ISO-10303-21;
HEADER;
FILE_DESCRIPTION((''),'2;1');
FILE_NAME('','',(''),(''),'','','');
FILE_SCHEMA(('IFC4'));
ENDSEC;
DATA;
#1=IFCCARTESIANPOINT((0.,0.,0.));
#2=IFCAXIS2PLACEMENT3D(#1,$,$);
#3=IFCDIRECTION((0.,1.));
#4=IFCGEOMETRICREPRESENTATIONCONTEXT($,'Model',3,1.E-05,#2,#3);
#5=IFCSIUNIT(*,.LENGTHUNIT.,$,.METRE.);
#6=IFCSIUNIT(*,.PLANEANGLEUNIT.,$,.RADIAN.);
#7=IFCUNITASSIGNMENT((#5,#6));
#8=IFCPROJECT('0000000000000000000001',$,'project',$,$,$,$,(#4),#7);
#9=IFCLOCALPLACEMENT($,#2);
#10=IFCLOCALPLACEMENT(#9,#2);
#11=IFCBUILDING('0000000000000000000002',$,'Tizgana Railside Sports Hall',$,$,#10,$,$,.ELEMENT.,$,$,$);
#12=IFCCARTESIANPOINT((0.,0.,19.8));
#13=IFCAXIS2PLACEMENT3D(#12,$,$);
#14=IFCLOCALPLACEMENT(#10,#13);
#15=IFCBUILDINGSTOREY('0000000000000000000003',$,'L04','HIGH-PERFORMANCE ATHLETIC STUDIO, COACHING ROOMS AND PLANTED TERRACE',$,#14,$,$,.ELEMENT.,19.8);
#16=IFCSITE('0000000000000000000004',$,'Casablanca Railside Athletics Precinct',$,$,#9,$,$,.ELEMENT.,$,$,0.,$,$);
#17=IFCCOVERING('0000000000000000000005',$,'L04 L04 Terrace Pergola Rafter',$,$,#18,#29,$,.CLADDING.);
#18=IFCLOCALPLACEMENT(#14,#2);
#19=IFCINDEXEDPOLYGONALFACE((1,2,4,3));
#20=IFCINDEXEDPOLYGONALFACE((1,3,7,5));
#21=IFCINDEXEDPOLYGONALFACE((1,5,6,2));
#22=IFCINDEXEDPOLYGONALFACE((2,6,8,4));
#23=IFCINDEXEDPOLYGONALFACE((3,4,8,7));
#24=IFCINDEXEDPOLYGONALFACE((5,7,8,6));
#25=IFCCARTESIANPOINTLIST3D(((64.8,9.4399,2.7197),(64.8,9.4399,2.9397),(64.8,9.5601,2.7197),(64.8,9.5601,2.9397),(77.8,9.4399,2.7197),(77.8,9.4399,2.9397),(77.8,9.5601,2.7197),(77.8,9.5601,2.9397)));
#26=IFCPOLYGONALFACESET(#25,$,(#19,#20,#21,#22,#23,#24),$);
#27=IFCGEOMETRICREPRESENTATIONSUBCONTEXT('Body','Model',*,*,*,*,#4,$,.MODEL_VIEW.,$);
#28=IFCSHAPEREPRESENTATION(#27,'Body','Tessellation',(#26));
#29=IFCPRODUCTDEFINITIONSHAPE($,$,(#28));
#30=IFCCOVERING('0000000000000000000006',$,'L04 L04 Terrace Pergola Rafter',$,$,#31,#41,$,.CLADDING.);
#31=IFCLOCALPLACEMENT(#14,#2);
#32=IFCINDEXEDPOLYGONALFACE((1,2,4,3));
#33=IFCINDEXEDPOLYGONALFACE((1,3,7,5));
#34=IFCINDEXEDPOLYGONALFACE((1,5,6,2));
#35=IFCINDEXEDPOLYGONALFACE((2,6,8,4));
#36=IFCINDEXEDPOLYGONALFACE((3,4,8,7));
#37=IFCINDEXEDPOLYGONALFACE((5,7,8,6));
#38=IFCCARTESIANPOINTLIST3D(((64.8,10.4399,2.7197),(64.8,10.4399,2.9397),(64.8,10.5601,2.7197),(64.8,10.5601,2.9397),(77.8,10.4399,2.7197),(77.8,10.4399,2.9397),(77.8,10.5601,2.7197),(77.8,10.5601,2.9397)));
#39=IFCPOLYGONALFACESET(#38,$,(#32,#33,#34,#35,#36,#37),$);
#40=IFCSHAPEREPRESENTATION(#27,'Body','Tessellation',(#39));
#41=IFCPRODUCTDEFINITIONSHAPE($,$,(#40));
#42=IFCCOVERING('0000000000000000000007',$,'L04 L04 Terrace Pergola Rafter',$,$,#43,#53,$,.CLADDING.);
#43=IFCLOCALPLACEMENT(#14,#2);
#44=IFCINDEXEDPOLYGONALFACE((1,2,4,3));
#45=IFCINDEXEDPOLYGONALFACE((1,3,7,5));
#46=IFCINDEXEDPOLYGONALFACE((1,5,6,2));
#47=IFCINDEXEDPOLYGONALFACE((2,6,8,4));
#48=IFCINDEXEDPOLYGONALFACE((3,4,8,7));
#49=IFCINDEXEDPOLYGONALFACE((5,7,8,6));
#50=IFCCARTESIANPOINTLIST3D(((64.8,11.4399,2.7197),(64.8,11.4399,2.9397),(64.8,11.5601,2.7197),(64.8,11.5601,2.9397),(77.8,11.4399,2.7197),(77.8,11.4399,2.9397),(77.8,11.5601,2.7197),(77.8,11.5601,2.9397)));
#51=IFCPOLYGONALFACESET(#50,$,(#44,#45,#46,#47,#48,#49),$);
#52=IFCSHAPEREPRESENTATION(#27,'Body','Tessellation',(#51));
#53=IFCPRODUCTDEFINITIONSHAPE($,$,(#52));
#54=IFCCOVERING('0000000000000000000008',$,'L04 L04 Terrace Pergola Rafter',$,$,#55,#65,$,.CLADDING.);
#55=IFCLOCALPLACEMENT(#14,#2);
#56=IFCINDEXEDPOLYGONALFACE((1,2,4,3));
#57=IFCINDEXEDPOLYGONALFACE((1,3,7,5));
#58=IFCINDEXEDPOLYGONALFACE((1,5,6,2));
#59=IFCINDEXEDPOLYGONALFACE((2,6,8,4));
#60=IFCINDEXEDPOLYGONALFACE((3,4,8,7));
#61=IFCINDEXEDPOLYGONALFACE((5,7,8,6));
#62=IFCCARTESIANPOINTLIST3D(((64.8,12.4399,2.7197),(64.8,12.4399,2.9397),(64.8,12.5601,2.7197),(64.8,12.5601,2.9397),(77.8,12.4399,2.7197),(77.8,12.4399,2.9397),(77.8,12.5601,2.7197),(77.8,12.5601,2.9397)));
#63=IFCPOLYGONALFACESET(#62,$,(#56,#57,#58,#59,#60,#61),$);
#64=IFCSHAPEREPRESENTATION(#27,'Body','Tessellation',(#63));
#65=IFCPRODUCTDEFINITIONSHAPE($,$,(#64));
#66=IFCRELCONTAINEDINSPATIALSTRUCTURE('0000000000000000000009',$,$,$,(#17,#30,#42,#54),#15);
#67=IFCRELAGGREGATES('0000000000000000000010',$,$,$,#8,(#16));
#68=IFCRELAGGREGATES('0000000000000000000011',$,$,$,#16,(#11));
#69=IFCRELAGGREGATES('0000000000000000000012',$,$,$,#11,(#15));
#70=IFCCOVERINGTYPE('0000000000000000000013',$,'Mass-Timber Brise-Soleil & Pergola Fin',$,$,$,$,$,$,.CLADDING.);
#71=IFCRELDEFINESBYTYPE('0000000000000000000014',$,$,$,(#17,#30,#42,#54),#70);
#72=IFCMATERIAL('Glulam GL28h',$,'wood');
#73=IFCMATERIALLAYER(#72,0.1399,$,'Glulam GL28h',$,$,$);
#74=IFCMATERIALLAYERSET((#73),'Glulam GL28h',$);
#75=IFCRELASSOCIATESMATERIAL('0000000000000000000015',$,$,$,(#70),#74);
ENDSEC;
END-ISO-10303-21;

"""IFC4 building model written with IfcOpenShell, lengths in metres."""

from ifc_helpers import new_model, si_unit, direction, frame, origin, origin_2d, place, context, subcontext, project, spatial, rectangle, extrude, material, layer, layer_set, type_object, element, save


model = new_model("IFC4")

# Units and contexts
model_context = context("Model", 3, precision=1e-05, world=origin(), true_north=direction((0.0, 1.0)))
body_context = subcontext(model_context, "Body", "Model", "MODEL_VIEW")
ifc_project = project(units=[si_unit("LENGTHUNIT", "METRE"), si_unit("PLANEANGLEUNIT", "RADIAN")], contexts=[model_context])

# Site, building, storey
site_placement = place(None, origin())
site = spatial("IfcSite", under=ifc_project, at=site_placement, Name="Casablanca Railside Athletics Precinct", CompositionType="ELEMENT", RefElevation=0.0)
building_placement = place(site_placement, origin())
building = spatial("IfcBuilding", under=site, at=building_placement, Name="Tizgana Railside Sports Hall", CompositionType="ELEMENT")
storey_placement = place(building_placement, frame((0.0, 0.0, 19.8)))
storey = spatial("IfcBuildingStorey", under=building, at=storey_placement, Name="L04", Description="HIGH-PERFORMANCE ATHLETIC STUDIO, COACHING ROOMS AND PLANTED TERRACE", CompositionType="ELEMENT", Elevation=19.8)

# Coverings
ifc_material_1 = material(Name="Glulam GL28h", Category="wood")
ifc_layer_1 = layer(ifc_material_1, 0.1399, Name="Glulam GL28h")
ifc_layer_set_1 = layer_set([ifc_layer_1], Name="Glulam GL28h")
covering_type = type_object("IfcCoveringType", Name="Mass-Timber Brise-Soleil & Pergola Fin", PredefinedType="CLADDING", material=ifc_layer_set_1)
for number, where, z_axis, x_axis, name in (
    (1, (71.3, 9.5, 2.7197), (0.0, 0.0, 1.0), (1.0, 0.0, 0.0), "L04 L04 Terrace Pergola Rafter"),
    (2, (71.3, 10.5, 2.7197), (0.0, 0.0, 1.0), (1.0, 0.0, 0.0), "L04 L04 Terrace Pergola Rafter"),
    (3, (71.3, 11.5, 2.7197), (0.0, 0.0, 1.0), (1.0, 0.0, 0.0), "L04 L04 Terrace Pergola Rafter"),
    (4, (71.3, 12.5, 2.7197), (0.0, 0.0, 1.0), (1.0, 0.0, 0.0), "L04 L04 Terrace Pergola Rafter"),
):
    element("IfcCovering", number, at=place(storey_placement, frame(where, z_axis=z_axis, x_axis=x_axis)), inside=storey, type_object=covering_type, Name=name, PredefinedType="CLADDING", context=body_context, shape_type="SweptSolid", body=[
        extrude(rectangle(XDim=13.0, YDim=0.1201, at=origin_2d()), origin(), (0.0, 0.0, 1.0), 0.22),
    ])

save(model, "model.ifc")
